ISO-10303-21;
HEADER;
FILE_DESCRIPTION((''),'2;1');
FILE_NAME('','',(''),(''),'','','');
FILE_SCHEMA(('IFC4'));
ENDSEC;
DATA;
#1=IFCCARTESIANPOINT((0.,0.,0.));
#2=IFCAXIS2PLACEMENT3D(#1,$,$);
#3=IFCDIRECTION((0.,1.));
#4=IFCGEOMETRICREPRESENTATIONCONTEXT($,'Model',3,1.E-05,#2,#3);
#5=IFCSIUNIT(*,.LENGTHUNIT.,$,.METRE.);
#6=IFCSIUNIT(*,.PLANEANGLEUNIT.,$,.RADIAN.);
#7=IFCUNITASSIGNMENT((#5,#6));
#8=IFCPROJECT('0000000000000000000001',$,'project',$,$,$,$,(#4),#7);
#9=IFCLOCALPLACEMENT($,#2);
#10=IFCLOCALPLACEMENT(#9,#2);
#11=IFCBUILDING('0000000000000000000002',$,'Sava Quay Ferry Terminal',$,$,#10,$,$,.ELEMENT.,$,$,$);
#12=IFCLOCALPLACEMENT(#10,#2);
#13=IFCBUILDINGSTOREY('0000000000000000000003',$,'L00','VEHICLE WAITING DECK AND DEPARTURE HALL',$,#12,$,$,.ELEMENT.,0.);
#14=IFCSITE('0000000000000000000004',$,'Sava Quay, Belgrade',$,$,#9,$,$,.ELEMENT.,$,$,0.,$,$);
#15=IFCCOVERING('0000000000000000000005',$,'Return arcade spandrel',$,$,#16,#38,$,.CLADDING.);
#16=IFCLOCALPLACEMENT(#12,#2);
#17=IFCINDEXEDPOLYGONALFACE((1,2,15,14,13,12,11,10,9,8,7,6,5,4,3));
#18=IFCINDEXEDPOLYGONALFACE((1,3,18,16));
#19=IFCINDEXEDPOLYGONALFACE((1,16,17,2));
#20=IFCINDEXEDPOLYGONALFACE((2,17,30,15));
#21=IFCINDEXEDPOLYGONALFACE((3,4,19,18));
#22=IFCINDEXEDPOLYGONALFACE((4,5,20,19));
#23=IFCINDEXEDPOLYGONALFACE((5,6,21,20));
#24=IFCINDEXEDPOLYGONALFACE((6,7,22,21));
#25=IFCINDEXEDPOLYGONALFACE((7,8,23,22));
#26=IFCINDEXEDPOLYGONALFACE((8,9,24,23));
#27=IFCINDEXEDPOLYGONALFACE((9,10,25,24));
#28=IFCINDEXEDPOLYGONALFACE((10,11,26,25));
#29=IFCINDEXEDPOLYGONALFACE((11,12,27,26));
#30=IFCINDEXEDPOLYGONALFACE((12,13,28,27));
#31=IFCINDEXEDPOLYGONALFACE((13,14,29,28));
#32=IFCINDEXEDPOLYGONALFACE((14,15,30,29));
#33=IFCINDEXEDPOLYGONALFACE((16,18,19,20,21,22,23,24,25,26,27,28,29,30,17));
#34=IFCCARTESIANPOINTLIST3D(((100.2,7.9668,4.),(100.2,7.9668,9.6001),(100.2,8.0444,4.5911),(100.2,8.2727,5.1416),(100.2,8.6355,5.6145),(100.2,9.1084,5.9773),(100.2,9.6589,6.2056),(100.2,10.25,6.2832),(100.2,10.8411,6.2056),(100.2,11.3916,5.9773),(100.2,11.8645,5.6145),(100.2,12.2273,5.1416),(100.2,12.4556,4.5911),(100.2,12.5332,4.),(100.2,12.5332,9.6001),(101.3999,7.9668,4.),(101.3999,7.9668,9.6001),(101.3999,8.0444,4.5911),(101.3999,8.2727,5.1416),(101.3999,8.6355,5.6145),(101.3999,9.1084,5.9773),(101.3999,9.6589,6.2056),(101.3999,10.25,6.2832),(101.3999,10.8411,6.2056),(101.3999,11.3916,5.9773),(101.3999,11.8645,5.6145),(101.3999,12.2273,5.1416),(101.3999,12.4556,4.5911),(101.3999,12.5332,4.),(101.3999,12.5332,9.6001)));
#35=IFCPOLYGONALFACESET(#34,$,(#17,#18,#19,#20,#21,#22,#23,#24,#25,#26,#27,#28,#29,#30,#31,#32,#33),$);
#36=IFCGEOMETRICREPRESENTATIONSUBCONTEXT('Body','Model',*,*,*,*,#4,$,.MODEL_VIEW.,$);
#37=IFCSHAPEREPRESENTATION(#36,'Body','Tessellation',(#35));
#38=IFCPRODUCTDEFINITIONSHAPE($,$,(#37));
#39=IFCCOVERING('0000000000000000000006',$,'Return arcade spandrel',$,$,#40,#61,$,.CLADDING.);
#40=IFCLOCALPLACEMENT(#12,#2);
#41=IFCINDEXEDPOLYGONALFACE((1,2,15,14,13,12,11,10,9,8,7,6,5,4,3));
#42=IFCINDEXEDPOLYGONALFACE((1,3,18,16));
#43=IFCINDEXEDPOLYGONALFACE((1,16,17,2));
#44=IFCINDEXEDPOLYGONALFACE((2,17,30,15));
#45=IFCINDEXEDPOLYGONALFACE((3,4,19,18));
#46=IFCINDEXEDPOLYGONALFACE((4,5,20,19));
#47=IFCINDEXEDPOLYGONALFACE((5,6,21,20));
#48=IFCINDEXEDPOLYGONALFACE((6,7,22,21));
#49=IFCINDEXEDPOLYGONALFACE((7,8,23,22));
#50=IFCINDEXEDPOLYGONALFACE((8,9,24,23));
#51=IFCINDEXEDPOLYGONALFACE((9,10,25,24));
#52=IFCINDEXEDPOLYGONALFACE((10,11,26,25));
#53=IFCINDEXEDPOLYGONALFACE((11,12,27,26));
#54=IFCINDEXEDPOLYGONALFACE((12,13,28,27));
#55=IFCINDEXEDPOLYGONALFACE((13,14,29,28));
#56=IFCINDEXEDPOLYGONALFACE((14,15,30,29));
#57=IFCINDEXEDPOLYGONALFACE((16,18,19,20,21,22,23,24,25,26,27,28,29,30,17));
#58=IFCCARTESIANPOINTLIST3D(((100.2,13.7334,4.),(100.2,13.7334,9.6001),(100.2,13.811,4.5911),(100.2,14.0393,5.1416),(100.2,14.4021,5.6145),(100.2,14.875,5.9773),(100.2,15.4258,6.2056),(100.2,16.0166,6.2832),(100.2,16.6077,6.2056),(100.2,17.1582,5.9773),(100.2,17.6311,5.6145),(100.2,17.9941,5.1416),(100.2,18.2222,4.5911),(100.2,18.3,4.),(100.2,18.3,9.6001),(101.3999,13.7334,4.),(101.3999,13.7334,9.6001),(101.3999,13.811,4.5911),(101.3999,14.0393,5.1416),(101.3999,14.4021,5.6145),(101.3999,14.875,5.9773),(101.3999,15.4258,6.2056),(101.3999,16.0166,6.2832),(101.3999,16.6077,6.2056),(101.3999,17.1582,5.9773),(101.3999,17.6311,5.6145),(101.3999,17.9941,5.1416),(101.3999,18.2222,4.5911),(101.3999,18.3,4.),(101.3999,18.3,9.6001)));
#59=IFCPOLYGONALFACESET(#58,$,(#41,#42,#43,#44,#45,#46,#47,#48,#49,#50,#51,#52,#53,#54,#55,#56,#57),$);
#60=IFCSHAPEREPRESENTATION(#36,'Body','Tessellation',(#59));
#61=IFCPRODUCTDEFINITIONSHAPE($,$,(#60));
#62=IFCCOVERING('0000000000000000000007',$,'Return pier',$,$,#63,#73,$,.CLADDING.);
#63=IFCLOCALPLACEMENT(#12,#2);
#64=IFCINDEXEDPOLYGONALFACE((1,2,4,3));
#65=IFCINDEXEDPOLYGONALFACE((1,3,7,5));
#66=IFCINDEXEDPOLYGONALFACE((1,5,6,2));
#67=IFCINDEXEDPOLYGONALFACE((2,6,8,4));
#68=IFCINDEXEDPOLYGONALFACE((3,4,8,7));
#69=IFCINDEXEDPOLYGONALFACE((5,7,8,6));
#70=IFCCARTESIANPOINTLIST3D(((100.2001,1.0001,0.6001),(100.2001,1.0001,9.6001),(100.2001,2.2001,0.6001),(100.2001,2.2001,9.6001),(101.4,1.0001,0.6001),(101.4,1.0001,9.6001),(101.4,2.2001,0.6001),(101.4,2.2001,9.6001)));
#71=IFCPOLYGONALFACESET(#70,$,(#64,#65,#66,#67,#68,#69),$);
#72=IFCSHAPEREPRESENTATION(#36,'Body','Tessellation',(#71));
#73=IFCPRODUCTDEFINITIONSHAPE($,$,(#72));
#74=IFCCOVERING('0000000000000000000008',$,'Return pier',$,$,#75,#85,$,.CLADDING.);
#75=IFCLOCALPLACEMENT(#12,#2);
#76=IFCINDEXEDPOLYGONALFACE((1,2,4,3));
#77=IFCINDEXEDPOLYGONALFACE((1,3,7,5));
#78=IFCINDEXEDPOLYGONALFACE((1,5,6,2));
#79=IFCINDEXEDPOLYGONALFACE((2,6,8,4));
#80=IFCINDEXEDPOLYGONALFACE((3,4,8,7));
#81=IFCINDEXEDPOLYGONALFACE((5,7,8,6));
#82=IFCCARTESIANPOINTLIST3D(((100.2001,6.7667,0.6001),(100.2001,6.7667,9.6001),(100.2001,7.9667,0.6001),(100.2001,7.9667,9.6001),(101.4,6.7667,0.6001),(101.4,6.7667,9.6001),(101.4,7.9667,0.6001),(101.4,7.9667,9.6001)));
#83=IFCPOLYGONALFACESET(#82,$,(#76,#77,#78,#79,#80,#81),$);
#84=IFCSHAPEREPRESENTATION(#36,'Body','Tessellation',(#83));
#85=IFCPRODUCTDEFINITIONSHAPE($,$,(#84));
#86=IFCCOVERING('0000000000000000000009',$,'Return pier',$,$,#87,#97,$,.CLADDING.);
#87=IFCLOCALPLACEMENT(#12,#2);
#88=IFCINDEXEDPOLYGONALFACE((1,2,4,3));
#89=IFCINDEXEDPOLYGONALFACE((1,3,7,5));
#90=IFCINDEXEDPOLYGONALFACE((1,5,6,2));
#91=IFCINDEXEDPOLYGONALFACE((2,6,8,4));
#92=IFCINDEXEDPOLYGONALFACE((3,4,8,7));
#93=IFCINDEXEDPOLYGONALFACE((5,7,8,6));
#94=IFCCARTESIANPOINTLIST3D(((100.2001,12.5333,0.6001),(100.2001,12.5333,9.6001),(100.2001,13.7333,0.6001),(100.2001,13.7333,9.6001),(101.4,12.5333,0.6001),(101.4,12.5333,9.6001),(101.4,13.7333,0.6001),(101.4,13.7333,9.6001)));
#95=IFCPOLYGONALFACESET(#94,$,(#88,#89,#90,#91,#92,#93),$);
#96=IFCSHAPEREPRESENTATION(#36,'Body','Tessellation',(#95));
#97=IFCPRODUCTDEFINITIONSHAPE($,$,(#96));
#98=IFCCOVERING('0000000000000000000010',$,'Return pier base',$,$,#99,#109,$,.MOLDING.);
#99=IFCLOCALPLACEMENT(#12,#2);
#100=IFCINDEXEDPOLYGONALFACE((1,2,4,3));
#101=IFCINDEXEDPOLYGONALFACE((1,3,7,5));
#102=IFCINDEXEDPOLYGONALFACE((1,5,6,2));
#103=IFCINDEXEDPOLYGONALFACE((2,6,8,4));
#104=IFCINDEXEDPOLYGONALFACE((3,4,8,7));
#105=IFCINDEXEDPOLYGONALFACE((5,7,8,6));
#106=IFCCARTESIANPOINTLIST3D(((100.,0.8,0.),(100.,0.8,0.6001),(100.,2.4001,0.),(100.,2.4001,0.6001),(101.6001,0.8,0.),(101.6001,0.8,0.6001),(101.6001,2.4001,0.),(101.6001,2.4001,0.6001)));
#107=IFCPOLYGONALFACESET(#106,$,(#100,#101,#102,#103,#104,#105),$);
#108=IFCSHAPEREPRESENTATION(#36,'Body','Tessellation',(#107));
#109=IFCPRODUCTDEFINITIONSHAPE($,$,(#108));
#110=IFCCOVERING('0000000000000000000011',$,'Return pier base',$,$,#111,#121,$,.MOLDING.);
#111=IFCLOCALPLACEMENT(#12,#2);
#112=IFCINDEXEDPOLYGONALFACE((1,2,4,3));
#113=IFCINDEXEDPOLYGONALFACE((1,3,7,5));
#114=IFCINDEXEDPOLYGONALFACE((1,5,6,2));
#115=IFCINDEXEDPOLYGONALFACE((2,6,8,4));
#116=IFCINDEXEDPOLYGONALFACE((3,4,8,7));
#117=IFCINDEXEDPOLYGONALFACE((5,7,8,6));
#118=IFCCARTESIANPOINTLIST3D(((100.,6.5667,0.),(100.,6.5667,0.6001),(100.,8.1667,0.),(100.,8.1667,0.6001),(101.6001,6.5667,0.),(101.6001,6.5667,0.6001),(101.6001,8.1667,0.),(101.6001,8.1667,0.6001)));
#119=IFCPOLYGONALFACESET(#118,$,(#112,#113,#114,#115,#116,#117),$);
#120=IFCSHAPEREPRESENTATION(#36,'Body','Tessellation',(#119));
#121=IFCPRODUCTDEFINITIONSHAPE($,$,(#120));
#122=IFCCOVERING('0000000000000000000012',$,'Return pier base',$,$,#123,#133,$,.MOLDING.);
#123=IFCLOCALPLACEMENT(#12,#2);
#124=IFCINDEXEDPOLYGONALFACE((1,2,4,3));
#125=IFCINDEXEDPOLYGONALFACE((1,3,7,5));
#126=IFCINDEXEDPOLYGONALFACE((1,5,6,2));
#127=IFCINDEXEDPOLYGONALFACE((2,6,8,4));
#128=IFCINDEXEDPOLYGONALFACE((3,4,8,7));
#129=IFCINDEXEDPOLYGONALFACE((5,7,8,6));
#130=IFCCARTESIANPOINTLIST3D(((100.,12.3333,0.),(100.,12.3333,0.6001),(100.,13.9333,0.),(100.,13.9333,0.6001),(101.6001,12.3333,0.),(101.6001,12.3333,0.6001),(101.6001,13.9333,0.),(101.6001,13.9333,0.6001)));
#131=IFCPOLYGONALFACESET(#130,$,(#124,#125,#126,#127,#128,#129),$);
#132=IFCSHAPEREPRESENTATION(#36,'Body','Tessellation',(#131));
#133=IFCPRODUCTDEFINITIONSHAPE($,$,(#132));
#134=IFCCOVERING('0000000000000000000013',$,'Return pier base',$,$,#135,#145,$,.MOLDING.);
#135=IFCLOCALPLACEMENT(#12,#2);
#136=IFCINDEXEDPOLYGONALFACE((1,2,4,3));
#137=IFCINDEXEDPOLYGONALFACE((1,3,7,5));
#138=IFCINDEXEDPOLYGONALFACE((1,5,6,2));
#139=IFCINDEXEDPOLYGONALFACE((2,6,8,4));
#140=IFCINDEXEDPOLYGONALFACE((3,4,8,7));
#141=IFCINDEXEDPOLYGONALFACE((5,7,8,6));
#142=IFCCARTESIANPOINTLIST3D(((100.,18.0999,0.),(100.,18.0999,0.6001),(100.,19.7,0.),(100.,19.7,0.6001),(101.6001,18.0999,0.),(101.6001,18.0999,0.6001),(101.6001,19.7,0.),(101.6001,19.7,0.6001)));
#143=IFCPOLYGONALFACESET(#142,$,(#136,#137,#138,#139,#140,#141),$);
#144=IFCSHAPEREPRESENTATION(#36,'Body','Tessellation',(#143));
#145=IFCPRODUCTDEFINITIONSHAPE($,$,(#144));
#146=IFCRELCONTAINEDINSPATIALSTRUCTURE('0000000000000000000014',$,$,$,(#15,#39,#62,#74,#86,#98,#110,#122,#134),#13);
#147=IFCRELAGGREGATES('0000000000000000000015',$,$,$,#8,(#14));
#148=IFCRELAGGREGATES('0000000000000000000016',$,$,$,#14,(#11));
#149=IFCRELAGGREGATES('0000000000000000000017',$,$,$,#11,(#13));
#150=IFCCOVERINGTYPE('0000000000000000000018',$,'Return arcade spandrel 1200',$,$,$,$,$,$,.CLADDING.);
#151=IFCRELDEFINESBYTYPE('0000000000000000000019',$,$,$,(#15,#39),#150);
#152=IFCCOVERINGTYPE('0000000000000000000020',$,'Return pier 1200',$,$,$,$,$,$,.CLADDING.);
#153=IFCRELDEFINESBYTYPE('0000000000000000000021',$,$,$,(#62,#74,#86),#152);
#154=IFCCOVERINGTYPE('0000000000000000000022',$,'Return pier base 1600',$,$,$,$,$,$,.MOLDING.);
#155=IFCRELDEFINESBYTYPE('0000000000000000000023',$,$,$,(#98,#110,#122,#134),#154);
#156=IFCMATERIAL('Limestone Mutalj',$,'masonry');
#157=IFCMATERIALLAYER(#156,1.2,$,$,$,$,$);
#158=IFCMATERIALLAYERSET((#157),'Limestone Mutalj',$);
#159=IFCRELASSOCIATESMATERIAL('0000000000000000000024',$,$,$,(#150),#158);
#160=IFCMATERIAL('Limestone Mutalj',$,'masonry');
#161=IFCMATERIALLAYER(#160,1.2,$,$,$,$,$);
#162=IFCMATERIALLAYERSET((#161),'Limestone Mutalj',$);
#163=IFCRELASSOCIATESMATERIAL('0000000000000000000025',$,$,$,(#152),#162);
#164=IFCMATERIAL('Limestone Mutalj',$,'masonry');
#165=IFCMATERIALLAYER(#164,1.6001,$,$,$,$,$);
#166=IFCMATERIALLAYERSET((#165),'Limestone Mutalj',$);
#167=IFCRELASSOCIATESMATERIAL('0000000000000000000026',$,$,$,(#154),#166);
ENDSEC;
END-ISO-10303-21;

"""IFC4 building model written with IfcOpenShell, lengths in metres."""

from ifc_helpers import new_model, si_unit, direction, frame, origin, origin_2d, place, context, subcontext, project, spatial, polyline, rectangle, outline, extrude, material, layer, layer_set, type_object, element, save


model = new_model("IFC4")

# Units and contexts
model_context = context("Model", 3, precision=1e-05, world=origin(), true_north=direction((0.0, 1.0)))
body_context = subcontext(model_context, "Body", "Model", "MODEL_VIEW")
ifc_project = project(units=[si_unit("LENGTHUNIT", "METRE"), si_unit("PLANEANGLEUNIT", "RADIAN")], contexts=[model_context])

# Site, building, storey
site_placement = place(None, origin())
site = spatial("IfcSite", under=ifc_project, at=site_placement, Name="Sava Quay, Belgrade", CompositionType="ELEMENT", RefElevation=0.0)
building_placement = place(site_placement, origin())
building = spatial("IfcBuilding", under=site, at=building_placement, Name="Sava Quay Ferry Terminal", CompositionType="ELEMENT")
storey_placement = place(building_placement, origin())
storey = spatial("IfcBuildingStorey", under=building, at=storey_placement, Name="L00", Description="VEHICLE WAITING DECK AND DEPARTURE HALL", CompositionType="ELEMENT", Elevation=0.0)

# Coverings
ifc_material_1 = material(Name="Limestone Mutalj", Category="masonry")
ifc_layer_1 = layer(ifc_material_1, 1.2)
ifc_layer_set_1 = layer_set([ifc_layer_1], Name="Limestone Mutalj")
covering_type_1 = type_object("IfcCoveringType", Name="Return arcade spandrel 1200", PredefinedType="CLADDING", material=ifc_layer_set_1)
covering_1_placement = place(storey_placement, frame((100.2, 7.9668, 4.0), z_axis=(-1.0, 0.0, 0.0), x_axis=(0.0, 0.0, 1.0)))
element("IfcCovering", 1, at=covering_1_placement, inside=storey, type_object=covering_type_1, Name="Return arcade spandrel", PredefinedType="CLADDING", context=body_context, shape_type="SweptSolid", body=[
    extrude(outline(polyline([(0.0, 0.0), (5.6001, 0.0), (5.6001, 4.5664), (0.0, 4.5664), (0.5911, 4.4888), (1.1416, 4.2605), (1.6145, 3.8977), (1.9773, 3.4248), (2.2056, 2.8743), (2.2832, 2.2832), (2.2056, 1.6921), (1.9773, 1.1416), (1.6145, 0.6687), (1.1416, 0.3059), (0.5911, 0.0776), (0.0, 0.0)])), origin(), (0.0, 0.0, -1.0), 1.2),
])
covering_2_placement = place(storey_placement, frame((100.2, 13.7334, 4.0), z_axis=(-1.0, 0.0, 0.0), x_axis=(0.0, 0.0, 1.0)))
element("IfcCovering", 2, at=covering_2_placement, inside=storey, type_object=covering_type_1, Name="Return arcade spandrel", PredefinedType="CLADDING", context=body_context, shape_type="SweptSolid", body=[
    extrude(outline(polyline([(0.0, 0.0), (5.6001, 0.0), (5.6001, 4.5667), (0.0, 4.5667), (0.5911, 4.4888), (1.1416, 4.2607), (1.6145, 3.8977), (1.9773, 3.4248), (2.2056, 2.8743), (2.2832, 2.2832), (2.2056, 1.6924), (1.9773, 1.1416), (1.6145, 0.6687), (1.1416, 0.3059), (0.5911, 0.0776), (0.0, 0.0)])), origin(), (0.0, 0.0, -1.0), 1.2),
])
ifc_material_2 = material(Name="Limestone Mutalj", Category="masonry")
ifc_layer_2 = layer(ifc_material_2, 1.2)
ifc_layer_set_2 = layer_set([ifc_layer_2], Name="Limestone Mutalj")
covering_type_2 = type_object("IfcCoveringType", Name="Return pier 1200", PredefinedType="CLADDING", material=ifc_layer_set_2)
for number, where, z_axis, x_axis, name in (
    (3, (100.8, 1.6001, 0.6001), (0.0, 0.0, 1.0), (1.0, 0.0, 0.0), "Return pier"),
    (4, (100.8, 7.3667, 0.6001), (0.0, 0.0, 1.0), (1.0, 0.0, 0.0), "Return pier"),
    (5, (100.8, 13.1333, 0.6001), (0.0, 0.0, 1.0), (1.0, 0.0, 0.0), "Return pier"),
):
    element("IfcCovering", number, at=place(storey_placement, frame(where, z_axis=z_axis, x_axis=x_axis)), inside=storey, type_object=covering_type_2, Name=name, PredefinedType="CLADDING", context=body_context, shape_type="SweptSolid", body=[
        extrude(rectangle(XDim=1.2, YDim=1.2, at=origin_2d()), origin(), (0.0, 0.0, 1.0), 9.0),
    ])
ifc_material_3 = material(Name="Limestone Mutalj", Category="masonry")
ifc_layer_3 = layer(ifc_material_3, 1.6001)
ifc_layer_set_3 = layer_set([ifc_layer_3], Name="Limestone Mutalj")
covering_type_3 = type_object("IfcCoveringType", Name="Return pier base 1600", PredefinedType="MOLDING", material=ifc_layer_set_3)
for number, where, z_axis, x_axis, name in (
    (6, (100.8, 1.6001, 0.0), (0.0, 0.0, 1.0), (1.0, 0.0, 0.0), "Return pier base"),
    (7, (100.8, 7.3667, 0.0), (0.0, 0.0, 1.0), (1.0, 0.0, 0.0), "Return pier base"),
    (8, (100.8, 13.1333, 0.0), (0.0, 0.0, 1.0), (1.0, 0.0, 0.0), "Return pier base"),
    (9, (100.8, 18.8999, 0.0), (0.0, 0.0, 1.0), (1.0, 0.0, 0.0), "Return pier base"),
):
    element("IfcCovering", number, at=place(storey_placement, frame(where, z_axis=z_axis, x_axis=x_axis)), inside=storey, type_object=covering_type_3, Name=name, PredefinedType="MOLDING", context=body_context, shape_type="SweptSolid", body=[
        extrude(rectangle(XDim=1.6001, YDim=1.6001, at=origin_2d()), origin(), (0.0, 0.0, 1.0), 0.6001),
    ])

save(model, "model.ifc")
